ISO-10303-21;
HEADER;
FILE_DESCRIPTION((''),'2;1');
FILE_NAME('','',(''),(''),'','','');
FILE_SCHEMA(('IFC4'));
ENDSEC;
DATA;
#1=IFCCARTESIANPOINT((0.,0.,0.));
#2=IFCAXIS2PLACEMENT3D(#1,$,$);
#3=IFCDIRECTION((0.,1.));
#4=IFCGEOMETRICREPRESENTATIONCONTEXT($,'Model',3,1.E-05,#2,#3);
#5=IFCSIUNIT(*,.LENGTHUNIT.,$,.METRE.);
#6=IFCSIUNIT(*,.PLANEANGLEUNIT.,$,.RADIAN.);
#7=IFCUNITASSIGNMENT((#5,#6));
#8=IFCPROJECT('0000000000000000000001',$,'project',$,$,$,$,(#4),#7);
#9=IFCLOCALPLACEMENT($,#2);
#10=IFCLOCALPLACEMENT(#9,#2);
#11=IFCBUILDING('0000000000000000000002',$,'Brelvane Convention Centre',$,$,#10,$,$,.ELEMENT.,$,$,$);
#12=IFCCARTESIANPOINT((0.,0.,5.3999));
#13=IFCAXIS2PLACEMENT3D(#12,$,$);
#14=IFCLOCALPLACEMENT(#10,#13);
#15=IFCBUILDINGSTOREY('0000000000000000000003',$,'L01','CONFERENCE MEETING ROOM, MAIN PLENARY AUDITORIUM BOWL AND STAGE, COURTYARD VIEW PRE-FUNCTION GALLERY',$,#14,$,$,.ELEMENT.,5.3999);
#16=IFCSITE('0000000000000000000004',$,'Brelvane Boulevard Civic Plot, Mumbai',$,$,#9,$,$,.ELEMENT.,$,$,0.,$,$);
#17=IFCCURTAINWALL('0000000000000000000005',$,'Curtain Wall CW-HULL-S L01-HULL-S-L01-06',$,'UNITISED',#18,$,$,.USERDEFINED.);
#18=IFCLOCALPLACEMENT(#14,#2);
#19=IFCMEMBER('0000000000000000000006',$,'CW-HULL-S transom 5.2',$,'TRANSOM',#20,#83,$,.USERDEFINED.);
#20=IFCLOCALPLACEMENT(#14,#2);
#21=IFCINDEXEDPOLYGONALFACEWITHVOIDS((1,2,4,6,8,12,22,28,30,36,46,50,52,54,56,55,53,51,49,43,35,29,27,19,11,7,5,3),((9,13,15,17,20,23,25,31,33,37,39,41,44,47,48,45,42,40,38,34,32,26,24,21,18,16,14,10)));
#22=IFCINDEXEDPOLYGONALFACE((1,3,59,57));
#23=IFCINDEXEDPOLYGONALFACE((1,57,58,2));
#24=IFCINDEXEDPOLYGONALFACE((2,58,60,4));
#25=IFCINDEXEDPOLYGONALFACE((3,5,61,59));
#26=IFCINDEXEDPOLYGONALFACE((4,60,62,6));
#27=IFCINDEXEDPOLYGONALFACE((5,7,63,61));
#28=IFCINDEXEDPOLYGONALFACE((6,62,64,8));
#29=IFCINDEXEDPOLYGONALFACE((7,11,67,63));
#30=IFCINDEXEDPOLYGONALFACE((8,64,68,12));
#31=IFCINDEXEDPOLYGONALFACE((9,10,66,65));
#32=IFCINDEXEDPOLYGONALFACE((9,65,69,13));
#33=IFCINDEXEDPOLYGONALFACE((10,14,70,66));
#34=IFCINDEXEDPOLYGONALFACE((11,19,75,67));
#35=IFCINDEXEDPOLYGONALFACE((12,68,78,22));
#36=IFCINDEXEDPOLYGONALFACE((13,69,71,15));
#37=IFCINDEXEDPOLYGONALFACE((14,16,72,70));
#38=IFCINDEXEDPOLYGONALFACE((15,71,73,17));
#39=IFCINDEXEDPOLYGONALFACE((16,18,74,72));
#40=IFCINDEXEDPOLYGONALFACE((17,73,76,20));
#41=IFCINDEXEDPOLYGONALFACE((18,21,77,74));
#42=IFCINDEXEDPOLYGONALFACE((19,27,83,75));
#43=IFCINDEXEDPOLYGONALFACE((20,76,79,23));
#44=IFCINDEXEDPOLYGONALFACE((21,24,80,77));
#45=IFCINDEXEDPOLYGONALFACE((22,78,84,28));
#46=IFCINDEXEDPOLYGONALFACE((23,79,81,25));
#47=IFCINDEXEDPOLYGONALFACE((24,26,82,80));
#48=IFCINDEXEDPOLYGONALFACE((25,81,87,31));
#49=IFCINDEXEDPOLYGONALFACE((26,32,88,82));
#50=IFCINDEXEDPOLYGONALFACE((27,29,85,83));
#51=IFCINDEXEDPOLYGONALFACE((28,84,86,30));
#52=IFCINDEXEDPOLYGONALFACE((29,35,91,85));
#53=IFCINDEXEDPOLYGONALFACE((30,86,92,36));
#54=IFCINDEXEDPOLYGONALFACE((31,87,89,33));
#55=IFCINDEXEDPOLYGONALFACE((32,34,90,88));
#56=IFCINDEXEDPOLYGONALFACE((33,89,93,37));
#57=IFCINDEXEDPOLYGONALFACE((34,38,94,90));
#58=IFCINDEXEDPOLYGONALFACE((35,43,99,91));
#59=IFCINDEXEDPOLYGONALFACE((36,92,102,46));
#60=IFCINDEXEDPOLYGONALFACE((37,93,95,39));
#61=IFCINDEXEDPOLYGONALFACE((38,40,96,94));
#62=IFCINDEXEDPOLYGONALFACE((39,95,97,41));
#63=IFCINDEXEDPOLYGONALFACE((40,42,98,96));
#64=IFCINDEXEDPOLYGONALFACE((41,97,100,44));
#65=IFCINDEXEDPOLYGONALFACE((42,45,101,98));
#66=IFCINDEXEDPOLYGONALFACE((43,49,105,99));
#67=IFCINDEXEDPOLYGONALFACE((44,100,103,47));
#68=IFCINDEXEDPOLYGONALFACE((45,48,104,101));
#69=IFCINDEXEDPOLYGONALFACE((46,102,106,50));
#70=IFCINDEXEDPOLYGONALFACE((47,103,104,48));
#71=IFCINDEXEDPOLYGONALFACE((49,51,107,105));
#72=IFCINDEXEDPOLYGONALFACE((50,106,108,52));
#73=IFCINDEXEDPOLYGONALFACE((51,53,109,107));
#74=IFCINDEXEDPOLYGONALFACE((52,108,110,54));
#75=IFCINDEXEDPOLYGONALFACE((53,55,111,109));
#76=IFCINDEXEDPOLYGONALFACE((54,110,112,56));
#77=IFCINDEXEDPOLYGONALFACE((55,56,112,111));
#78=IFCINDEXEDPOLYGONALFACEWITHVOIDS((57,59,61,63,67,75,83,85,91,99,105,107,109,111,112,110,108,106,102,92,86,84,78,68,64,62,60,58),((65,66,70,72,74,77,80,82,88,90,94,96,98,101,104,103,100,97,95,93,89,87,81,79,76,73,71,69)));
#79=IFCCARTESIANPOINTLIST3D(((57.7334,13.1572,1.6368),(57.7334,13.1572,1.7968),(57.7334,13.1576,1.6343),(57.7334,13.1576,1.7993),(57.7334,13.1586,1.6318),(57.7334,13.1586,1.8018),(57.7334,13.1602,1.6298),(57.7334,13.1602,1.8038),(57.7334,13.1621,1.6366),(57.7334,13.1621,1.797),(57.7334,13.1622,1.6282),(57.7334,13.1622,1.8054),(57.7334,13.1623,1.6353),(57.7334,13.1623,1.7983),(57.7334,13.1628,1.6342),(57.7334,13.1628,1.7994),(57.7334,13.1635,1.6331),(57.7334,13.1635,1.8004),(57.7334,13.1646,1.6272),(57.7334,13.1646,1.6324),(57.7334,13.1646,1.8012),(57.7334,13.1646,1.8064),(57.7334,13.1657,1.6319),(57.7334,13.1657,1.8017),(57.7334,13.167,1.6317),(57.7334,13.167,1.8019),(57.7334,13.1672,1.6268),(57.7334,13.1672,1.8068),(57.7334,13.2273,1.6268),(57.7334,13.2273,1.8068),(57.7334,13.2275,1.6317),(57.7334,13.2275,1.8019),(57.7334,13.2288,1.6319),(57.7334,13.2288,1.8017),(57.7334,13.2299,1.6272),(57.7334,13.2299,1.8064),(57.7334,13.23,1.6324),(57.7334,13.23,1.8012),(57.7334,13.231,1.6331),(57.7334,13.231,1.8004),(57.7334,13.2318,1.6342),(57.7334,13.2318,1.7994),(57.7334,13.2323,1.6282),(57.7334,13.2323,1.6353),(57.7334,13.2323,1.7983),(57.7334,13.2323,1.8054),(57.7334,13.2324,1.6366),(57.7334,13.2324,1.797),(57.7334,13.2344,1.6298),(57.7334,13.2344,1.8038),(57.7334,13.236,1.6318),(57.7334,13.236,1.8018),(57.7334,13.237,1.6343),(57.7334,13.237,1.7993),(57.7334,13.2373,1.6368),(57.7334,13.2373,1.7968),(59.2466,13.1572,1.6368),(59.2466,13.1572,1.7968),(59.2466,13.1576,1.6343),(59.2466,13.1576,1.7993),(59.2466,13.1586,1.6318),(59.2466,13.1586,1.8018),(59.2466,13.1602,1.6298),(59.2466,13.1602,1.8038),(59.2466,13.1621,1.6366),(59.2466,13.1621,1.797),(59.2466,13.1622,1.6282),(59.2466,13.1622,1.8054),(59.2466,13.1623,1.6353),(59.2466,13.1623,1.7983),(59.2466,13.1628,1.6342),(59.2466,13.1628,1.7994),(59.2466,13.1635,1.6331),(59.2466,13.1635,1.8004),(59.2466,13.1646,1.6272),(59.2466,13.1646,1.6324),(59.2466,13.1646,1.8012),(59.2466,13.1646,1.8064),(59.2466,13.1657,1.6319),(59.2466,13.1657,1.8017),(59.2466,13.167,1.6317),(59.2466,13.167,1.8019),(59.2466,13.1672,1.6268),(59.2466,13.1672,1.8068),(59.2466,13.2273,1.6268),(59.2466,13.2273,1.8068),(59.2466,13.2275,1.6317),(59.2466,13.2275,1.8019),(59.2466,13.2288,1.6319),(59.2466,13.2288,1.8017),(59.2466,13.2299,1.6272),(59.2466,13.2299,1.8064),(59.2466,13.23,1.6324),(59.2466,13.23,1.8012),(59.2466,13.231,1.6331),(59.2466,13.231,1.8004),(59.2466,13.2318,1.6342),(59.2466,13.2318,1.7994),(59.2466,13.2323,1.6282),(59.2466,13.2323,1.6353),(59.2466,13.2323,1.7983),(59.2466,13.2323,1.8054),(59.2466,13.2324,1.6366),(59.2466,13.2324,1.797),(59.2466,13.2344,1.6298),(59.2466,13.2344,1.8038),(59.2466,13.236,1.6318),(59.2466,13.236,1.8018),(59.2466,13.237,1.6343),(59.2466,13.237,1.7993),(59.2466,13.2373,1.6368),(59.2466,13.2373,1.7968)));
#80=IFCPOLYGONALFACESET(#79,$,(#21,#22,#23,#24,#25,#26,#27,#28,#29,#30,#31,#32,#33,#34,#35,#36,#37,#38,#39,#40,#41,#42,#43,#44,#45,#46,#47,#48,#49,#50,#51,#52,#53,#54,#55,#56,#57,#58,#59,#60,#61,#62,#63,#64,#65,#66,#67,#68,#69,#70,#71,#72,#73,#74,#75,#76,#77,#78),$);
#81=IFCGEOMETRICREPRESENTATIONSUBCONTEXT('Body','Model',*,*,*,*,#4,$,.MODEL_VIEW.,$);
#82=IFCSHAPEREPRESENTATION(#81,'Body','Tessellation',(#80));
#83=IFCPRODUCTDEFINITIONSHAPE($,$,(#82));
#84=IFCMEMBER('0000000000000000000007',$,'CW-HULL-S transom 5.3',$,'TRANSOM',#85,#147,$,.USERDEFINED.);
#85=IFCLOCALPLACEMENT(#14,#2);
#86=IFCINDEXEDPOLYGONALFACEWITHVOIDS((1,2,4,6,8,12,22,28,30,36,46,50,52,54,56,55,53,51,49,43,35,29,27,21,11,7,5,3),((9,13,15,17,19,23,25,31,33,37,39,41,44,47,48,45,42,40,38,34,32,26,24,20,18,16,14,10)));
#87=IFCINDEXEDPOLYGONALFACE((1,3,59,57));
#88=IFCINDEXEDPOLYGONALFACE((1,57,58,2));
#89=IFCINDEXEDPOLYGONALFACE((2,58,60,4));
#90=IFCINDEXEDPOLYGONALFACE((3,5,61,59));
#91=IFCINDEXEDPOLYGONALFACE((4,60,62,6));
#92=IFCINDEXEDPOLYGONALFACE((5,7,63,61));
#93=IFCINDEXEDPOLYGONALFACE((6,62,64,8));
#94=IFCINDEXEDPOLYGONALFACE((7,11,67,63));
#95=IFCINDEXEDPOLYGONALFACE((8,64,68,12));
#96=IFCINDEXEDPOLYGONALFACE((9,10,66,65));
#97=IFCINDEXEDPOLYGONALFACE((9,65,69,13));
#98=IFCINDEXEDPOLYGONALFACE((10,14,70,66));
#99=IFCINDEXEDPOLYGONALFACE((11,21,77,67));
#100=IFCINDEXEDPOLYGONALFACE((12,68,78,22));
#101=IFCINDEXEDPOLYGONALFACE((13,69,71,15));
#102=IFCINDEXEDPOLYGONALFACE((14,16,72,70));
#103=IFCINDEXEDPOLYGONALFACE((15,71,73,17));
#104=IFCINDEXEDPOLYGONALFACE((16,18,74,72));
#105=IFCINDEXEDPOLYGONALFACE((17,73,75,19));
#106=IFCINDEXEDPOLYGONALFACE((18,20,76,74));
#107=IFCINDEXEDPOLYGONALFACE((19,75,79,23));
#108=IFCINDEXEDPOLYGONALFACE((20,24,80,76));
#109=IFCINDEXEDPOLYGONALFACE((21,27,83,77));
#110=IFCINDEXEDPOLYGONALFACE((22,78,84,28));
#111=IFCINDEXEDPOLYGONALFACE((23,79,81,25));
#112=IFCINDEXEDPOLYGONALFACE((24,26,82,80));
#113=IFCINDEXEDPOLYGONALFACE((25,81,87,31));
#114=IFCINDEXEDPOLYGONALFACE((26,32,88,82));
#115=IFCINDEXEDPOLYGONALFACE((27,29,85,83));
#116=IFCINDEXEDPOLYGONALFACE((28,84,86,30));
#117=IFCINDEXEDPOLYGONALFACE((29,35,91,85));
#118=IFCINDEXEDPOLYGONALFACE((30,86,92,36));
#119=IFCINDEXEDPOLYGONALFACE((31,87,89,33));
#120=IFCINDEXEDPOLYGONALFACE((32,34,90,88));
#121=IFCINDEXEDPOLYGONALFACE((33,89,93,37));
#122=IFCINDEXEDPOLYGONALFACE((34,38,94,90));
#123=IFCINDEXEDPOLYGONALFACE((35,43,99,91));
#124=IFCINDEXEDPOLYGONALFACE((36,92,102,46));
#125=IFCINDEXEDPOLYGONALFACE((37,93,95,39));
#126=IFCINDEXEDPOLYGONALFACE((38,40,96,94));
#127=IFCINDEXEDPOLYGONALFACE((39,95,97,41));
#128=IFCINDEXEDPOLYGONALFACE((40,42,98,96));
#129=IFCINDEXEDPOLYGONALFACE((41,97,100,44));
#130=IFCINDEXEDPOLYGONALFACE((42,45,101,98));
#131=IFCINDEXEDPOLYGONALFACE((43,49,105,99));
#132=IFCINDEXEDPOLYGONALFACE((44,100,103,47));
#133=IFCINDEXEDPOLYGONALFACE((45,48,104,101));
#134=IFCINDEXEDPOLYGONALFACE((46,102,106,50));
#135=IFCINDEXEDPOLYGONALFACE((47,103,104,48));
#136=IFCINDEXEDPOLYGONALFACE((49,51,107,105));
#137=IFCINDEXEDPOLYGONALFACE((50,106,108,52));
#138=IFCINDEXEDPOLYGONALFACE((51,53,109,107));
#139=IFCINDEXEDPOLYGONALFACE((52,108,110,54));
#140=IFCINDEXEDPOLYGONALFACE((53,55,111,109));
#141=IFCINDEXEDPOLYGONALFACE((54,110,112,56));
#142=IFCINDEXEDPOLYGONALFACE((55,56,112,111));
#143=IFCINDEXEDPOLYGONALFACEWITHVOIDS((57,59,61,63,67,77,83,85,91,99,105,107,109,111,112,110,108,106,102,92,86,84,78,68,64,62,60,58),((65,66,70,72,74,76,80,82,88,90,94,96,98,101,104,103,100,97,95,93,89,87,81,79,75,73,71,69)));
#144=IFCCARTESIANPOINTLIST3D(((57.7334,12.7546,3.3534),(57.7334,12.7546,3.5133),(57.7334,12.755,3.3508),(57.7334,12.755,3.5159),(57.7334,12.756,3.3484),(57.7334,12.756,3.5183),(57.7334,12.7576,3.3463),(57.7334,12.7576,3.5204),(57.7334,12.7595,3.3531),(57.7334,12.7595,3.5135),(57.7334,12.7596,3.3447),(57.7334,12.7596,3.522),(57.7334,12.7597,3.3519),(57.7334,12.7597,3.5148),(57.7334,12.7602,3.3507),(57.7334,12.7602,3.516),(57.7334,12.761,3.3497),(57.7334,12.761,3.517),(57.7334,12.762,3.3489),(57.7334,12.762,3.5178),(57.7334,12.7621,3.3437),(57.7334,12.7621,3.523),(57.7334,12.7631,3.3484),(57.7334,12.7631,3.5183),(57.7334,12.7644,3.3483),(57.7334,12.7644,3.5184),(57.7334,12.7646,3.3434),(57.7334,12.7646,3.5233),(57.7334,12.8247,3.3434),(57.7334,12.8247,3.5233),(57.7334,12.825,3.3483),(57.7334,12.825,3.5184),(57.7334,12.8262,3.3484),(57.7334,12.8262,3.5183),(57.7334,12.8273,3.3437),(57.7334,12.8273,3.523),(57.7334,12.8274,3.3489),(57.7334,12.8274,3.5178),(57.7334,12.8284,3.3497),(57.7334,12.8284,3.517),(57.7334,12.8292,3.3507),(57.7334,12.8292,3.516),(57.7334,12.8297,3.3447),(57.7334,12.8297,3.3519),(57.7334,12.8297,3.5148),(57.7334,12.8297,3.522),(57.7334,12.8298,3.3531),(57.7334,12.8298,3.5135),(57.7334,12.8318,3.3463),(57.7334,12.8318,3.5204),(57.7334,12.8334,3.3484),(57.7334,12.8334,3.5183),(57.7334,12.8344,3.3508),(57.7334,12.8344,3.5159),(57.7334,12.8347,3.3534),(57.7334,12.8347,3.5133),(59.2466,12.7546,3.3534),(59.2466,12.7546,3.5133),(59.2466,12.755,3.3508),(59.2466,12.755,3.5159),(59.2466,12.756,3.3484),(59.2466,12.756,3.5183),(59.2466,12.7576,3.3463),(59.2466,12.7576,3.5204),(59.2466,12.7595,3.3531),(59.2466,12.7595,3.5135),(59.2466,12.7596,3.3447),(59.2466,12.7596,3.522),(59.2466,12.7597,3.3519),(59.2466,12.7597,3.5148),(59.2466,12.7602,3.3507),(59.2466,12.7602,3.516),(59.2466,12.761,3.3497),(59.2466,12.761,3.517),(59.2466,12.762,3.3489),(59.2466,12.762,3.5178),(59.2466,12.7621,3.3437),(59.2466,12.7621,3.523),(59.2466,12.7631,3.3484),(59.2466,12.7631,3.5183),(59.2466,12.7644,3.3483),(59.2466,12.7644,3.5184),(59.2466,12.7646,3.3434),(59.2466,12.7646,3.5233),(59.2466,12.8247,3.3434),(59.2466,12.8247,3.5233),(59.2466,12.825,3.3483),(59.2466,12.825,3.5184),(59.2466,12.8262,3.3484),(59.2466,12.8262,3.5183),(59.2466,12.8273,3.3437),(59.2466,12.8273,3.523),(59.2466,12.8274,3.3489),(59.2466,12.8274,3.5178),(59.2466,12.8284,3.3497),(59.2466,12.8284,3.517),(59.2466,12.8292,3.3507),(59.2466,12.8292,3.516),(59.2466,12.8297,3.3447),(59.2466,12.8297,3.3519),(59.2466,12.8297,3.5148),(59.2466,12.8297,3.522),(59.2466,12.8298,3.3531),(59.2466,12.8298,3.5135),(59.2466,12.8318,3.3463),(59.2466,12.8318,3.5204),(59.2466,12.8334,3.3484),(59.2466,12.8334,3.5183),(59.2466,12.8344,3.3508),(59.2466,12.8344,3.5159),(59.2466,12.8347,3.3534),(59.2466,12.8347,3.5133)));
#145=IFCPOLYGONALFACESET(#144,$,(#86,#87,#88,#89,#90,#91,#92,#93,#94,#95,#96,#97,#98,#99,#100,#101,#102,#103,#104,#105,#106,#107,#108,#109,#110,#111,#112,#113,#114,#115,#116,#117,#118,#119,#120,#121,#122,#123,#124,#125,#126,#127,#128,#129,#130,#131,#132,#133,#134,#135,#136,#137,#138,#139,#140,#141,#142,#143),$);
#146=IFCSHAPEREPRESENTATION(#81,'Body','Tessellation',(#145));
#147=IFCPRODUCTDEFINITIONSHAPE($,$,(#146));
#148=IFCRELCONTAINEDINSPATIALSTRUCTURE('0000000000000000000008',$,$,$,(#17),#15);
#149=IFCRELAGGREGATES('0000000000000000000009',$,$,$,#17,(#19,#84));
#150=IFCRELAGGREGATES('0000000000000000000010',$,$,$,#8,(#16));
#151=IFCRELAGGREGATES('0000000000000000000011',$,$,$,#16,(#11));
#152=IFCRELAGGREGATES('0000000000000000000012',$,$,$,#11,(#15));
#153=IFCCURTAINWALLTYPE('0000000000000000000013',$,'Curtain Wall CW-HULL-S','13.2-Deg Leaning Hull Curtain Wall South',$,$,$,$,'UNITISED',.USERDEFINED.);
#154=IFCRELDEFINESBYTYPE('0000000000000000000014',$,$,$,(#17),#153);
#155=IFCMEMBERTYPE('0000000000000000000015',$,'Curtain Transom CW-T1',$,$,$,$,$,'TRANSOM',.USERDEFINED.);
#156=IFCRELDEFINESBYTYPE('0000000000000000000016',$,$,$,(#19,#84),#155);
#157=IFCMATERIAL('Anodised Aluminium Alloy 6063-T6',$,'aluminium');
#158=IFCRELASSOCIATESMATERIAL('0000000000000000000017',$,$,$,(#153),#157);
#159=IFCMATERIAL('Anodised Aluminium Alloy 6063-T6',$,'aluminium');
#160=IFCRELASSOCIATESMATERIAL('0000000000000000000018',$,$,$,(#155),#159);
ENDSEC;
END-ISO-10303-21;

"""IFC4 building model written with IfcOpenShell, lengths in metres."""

from ifc_helpers import new_model, si_unit, direction, frame, origin, origin_2d, place, context, subcontext, project, spatial, hollow_rectangle, extrude, material, material_profile, profile_set, type_object, element, aggregate, save


model = new_model("IFC4")

# Units and contexts
model_context = context("Model", 3, precision=1e-05, world=origin(), true_north=direction((0.0, 1.0)))
body_context = subcontext(model_context, "Body", "Model", "MODEL_VIEW")
ifc_project = project(units=[si_unit("LENGTHUNIT", "METRE"), si_unit("PLANEANGLEUNIT", "RADIAN")], contexts=[model_context])

# Site, building, storey
site_placement = place(None, origin())
site = spatial("IfcSite", under=ifc_project, at=site_placement, Name="Brelvane Boulevard Civic Plot, Mumbai", CompositionType="ELEMENT", RefElevation=0.0)
building_placement = place(site_placement, origin())
building = spatial("IfcBuilding", under=site, at=building_placement, Name="Brelvane Convention Centre", CompositionType="ELEMENT")
storey_placement = place(building_placement, frame((0.0, 0.0, 5.3999)))
storey = spatial("IfcBuildingStorey", under=building, at=storey_placement, Name="L01", Description="CONFERENCE MEETING ROOM, MAIN PLENARY AUDITORIUM BOWL AND STAGE, COURTYARD VIEW PRE-FUNCTION GALLERY", CompositionType="ELEMENT", Elevation=5.3999)

# Curtain wall, members
ifc_material_1 = material(Name="Anodised Aluminium Alloy 6063-T6", Category="aluminium")
curtain_wall_type = type_object("IfcCurtainWallType", Name="Curtain Wall CW-HULL-S", Description="13.2-Deg Leaning Hull Curtain Wall South", ElementType="UNITISED", PredefinedType="USERDEFINED", material=ifc_material_1)
curtain_wall_1_placement = place(storey_placement, origin())
curtain_wall_1 = element("IfcCurtainWall", 1, at=curtain_wall_1_placement, inside=storey, type_object=curtain_wall_type, Name="Curtain Wall CW-HULL-S L01-HULL-S-L01-06", ObjectType="UNITISED", PredefinedType="USERDEFINED")
ifc_material_2 = material(Name="Anodised Aluminium Alloy 6063-T6", Category="aluminium")
ifc_material_profile = material_profile(ifc_material_2, hollow_rectangle(XDim=0.0801, YDim=0.1799, WallThickness=0.0049, InnerFilletRadius=0.0049, OuterFilletRadius=0.01, at=origin_2d()), Name="ALU-T 180x80x5.0")
ifc_profile_set = profile_set([ifc_material_profile], Name="Anodised Aluminium Alloy 6063-T6")
member_type = type_object("IfcMemberType", Name="Curtain Transom CW-T1", ElementType="TRANSOM", PredefinedType="USERDEFINED", material=ifc_profile_set)
member_1_placement = place(storey_placement, frame((57.7334, 13.1973, 1.7168), z_axis=(1.0, 0.0, 0.0), x_axis=(0.0, 1.0, 0.0)))
member_1 = element("IfcMember", 2, at=member_1_placement, type_object=member_type, Name="CW-HULL-S transom 5.2", ObjectType="TRANSOM", PredefinedType="USERDEFINED", context=body_context, shape_type="SweptSolid", body=[
    extrude(hollow_rectangle(XDim=0.0801, YDim=0.1799, WallThickness=0.0049, InnerFilletRadius=0.0049, OuterFilletRadius=0.01, at=origin_2d()), origin(), (0.0, 0.0, 1.0), 1.5132),
])
member_2_placement = place(storey_placement, frame((57.7334, 12.7947, 3.4333), z_axis=(1.0, 0.0, 0.0), x_axis=(0.0, 1.0, 0.0)))
member_2 = element("IfcMember", 3, at=member_2_placement, type_object=member_type, Name="CW-HULL-S transom 5.3", ObjectType="TRANSOM", PredefinedType="USERDEFINED", context=body_context, shape_type="SweptSolid", body=[
    extrude(hollow_rectangle(XDim=0.0801, YDim=0.1799, WallThickness=0.0049, InnerFilletRadius=0.0049, OuterFilletRadius=0.01, at=origin_2d()), origin(), (0.0, 0.0, 1.0), 1.5132),
])

aggregate(curtain_wall_1, [member_1, member_2])

save(model, "model.ifc")
